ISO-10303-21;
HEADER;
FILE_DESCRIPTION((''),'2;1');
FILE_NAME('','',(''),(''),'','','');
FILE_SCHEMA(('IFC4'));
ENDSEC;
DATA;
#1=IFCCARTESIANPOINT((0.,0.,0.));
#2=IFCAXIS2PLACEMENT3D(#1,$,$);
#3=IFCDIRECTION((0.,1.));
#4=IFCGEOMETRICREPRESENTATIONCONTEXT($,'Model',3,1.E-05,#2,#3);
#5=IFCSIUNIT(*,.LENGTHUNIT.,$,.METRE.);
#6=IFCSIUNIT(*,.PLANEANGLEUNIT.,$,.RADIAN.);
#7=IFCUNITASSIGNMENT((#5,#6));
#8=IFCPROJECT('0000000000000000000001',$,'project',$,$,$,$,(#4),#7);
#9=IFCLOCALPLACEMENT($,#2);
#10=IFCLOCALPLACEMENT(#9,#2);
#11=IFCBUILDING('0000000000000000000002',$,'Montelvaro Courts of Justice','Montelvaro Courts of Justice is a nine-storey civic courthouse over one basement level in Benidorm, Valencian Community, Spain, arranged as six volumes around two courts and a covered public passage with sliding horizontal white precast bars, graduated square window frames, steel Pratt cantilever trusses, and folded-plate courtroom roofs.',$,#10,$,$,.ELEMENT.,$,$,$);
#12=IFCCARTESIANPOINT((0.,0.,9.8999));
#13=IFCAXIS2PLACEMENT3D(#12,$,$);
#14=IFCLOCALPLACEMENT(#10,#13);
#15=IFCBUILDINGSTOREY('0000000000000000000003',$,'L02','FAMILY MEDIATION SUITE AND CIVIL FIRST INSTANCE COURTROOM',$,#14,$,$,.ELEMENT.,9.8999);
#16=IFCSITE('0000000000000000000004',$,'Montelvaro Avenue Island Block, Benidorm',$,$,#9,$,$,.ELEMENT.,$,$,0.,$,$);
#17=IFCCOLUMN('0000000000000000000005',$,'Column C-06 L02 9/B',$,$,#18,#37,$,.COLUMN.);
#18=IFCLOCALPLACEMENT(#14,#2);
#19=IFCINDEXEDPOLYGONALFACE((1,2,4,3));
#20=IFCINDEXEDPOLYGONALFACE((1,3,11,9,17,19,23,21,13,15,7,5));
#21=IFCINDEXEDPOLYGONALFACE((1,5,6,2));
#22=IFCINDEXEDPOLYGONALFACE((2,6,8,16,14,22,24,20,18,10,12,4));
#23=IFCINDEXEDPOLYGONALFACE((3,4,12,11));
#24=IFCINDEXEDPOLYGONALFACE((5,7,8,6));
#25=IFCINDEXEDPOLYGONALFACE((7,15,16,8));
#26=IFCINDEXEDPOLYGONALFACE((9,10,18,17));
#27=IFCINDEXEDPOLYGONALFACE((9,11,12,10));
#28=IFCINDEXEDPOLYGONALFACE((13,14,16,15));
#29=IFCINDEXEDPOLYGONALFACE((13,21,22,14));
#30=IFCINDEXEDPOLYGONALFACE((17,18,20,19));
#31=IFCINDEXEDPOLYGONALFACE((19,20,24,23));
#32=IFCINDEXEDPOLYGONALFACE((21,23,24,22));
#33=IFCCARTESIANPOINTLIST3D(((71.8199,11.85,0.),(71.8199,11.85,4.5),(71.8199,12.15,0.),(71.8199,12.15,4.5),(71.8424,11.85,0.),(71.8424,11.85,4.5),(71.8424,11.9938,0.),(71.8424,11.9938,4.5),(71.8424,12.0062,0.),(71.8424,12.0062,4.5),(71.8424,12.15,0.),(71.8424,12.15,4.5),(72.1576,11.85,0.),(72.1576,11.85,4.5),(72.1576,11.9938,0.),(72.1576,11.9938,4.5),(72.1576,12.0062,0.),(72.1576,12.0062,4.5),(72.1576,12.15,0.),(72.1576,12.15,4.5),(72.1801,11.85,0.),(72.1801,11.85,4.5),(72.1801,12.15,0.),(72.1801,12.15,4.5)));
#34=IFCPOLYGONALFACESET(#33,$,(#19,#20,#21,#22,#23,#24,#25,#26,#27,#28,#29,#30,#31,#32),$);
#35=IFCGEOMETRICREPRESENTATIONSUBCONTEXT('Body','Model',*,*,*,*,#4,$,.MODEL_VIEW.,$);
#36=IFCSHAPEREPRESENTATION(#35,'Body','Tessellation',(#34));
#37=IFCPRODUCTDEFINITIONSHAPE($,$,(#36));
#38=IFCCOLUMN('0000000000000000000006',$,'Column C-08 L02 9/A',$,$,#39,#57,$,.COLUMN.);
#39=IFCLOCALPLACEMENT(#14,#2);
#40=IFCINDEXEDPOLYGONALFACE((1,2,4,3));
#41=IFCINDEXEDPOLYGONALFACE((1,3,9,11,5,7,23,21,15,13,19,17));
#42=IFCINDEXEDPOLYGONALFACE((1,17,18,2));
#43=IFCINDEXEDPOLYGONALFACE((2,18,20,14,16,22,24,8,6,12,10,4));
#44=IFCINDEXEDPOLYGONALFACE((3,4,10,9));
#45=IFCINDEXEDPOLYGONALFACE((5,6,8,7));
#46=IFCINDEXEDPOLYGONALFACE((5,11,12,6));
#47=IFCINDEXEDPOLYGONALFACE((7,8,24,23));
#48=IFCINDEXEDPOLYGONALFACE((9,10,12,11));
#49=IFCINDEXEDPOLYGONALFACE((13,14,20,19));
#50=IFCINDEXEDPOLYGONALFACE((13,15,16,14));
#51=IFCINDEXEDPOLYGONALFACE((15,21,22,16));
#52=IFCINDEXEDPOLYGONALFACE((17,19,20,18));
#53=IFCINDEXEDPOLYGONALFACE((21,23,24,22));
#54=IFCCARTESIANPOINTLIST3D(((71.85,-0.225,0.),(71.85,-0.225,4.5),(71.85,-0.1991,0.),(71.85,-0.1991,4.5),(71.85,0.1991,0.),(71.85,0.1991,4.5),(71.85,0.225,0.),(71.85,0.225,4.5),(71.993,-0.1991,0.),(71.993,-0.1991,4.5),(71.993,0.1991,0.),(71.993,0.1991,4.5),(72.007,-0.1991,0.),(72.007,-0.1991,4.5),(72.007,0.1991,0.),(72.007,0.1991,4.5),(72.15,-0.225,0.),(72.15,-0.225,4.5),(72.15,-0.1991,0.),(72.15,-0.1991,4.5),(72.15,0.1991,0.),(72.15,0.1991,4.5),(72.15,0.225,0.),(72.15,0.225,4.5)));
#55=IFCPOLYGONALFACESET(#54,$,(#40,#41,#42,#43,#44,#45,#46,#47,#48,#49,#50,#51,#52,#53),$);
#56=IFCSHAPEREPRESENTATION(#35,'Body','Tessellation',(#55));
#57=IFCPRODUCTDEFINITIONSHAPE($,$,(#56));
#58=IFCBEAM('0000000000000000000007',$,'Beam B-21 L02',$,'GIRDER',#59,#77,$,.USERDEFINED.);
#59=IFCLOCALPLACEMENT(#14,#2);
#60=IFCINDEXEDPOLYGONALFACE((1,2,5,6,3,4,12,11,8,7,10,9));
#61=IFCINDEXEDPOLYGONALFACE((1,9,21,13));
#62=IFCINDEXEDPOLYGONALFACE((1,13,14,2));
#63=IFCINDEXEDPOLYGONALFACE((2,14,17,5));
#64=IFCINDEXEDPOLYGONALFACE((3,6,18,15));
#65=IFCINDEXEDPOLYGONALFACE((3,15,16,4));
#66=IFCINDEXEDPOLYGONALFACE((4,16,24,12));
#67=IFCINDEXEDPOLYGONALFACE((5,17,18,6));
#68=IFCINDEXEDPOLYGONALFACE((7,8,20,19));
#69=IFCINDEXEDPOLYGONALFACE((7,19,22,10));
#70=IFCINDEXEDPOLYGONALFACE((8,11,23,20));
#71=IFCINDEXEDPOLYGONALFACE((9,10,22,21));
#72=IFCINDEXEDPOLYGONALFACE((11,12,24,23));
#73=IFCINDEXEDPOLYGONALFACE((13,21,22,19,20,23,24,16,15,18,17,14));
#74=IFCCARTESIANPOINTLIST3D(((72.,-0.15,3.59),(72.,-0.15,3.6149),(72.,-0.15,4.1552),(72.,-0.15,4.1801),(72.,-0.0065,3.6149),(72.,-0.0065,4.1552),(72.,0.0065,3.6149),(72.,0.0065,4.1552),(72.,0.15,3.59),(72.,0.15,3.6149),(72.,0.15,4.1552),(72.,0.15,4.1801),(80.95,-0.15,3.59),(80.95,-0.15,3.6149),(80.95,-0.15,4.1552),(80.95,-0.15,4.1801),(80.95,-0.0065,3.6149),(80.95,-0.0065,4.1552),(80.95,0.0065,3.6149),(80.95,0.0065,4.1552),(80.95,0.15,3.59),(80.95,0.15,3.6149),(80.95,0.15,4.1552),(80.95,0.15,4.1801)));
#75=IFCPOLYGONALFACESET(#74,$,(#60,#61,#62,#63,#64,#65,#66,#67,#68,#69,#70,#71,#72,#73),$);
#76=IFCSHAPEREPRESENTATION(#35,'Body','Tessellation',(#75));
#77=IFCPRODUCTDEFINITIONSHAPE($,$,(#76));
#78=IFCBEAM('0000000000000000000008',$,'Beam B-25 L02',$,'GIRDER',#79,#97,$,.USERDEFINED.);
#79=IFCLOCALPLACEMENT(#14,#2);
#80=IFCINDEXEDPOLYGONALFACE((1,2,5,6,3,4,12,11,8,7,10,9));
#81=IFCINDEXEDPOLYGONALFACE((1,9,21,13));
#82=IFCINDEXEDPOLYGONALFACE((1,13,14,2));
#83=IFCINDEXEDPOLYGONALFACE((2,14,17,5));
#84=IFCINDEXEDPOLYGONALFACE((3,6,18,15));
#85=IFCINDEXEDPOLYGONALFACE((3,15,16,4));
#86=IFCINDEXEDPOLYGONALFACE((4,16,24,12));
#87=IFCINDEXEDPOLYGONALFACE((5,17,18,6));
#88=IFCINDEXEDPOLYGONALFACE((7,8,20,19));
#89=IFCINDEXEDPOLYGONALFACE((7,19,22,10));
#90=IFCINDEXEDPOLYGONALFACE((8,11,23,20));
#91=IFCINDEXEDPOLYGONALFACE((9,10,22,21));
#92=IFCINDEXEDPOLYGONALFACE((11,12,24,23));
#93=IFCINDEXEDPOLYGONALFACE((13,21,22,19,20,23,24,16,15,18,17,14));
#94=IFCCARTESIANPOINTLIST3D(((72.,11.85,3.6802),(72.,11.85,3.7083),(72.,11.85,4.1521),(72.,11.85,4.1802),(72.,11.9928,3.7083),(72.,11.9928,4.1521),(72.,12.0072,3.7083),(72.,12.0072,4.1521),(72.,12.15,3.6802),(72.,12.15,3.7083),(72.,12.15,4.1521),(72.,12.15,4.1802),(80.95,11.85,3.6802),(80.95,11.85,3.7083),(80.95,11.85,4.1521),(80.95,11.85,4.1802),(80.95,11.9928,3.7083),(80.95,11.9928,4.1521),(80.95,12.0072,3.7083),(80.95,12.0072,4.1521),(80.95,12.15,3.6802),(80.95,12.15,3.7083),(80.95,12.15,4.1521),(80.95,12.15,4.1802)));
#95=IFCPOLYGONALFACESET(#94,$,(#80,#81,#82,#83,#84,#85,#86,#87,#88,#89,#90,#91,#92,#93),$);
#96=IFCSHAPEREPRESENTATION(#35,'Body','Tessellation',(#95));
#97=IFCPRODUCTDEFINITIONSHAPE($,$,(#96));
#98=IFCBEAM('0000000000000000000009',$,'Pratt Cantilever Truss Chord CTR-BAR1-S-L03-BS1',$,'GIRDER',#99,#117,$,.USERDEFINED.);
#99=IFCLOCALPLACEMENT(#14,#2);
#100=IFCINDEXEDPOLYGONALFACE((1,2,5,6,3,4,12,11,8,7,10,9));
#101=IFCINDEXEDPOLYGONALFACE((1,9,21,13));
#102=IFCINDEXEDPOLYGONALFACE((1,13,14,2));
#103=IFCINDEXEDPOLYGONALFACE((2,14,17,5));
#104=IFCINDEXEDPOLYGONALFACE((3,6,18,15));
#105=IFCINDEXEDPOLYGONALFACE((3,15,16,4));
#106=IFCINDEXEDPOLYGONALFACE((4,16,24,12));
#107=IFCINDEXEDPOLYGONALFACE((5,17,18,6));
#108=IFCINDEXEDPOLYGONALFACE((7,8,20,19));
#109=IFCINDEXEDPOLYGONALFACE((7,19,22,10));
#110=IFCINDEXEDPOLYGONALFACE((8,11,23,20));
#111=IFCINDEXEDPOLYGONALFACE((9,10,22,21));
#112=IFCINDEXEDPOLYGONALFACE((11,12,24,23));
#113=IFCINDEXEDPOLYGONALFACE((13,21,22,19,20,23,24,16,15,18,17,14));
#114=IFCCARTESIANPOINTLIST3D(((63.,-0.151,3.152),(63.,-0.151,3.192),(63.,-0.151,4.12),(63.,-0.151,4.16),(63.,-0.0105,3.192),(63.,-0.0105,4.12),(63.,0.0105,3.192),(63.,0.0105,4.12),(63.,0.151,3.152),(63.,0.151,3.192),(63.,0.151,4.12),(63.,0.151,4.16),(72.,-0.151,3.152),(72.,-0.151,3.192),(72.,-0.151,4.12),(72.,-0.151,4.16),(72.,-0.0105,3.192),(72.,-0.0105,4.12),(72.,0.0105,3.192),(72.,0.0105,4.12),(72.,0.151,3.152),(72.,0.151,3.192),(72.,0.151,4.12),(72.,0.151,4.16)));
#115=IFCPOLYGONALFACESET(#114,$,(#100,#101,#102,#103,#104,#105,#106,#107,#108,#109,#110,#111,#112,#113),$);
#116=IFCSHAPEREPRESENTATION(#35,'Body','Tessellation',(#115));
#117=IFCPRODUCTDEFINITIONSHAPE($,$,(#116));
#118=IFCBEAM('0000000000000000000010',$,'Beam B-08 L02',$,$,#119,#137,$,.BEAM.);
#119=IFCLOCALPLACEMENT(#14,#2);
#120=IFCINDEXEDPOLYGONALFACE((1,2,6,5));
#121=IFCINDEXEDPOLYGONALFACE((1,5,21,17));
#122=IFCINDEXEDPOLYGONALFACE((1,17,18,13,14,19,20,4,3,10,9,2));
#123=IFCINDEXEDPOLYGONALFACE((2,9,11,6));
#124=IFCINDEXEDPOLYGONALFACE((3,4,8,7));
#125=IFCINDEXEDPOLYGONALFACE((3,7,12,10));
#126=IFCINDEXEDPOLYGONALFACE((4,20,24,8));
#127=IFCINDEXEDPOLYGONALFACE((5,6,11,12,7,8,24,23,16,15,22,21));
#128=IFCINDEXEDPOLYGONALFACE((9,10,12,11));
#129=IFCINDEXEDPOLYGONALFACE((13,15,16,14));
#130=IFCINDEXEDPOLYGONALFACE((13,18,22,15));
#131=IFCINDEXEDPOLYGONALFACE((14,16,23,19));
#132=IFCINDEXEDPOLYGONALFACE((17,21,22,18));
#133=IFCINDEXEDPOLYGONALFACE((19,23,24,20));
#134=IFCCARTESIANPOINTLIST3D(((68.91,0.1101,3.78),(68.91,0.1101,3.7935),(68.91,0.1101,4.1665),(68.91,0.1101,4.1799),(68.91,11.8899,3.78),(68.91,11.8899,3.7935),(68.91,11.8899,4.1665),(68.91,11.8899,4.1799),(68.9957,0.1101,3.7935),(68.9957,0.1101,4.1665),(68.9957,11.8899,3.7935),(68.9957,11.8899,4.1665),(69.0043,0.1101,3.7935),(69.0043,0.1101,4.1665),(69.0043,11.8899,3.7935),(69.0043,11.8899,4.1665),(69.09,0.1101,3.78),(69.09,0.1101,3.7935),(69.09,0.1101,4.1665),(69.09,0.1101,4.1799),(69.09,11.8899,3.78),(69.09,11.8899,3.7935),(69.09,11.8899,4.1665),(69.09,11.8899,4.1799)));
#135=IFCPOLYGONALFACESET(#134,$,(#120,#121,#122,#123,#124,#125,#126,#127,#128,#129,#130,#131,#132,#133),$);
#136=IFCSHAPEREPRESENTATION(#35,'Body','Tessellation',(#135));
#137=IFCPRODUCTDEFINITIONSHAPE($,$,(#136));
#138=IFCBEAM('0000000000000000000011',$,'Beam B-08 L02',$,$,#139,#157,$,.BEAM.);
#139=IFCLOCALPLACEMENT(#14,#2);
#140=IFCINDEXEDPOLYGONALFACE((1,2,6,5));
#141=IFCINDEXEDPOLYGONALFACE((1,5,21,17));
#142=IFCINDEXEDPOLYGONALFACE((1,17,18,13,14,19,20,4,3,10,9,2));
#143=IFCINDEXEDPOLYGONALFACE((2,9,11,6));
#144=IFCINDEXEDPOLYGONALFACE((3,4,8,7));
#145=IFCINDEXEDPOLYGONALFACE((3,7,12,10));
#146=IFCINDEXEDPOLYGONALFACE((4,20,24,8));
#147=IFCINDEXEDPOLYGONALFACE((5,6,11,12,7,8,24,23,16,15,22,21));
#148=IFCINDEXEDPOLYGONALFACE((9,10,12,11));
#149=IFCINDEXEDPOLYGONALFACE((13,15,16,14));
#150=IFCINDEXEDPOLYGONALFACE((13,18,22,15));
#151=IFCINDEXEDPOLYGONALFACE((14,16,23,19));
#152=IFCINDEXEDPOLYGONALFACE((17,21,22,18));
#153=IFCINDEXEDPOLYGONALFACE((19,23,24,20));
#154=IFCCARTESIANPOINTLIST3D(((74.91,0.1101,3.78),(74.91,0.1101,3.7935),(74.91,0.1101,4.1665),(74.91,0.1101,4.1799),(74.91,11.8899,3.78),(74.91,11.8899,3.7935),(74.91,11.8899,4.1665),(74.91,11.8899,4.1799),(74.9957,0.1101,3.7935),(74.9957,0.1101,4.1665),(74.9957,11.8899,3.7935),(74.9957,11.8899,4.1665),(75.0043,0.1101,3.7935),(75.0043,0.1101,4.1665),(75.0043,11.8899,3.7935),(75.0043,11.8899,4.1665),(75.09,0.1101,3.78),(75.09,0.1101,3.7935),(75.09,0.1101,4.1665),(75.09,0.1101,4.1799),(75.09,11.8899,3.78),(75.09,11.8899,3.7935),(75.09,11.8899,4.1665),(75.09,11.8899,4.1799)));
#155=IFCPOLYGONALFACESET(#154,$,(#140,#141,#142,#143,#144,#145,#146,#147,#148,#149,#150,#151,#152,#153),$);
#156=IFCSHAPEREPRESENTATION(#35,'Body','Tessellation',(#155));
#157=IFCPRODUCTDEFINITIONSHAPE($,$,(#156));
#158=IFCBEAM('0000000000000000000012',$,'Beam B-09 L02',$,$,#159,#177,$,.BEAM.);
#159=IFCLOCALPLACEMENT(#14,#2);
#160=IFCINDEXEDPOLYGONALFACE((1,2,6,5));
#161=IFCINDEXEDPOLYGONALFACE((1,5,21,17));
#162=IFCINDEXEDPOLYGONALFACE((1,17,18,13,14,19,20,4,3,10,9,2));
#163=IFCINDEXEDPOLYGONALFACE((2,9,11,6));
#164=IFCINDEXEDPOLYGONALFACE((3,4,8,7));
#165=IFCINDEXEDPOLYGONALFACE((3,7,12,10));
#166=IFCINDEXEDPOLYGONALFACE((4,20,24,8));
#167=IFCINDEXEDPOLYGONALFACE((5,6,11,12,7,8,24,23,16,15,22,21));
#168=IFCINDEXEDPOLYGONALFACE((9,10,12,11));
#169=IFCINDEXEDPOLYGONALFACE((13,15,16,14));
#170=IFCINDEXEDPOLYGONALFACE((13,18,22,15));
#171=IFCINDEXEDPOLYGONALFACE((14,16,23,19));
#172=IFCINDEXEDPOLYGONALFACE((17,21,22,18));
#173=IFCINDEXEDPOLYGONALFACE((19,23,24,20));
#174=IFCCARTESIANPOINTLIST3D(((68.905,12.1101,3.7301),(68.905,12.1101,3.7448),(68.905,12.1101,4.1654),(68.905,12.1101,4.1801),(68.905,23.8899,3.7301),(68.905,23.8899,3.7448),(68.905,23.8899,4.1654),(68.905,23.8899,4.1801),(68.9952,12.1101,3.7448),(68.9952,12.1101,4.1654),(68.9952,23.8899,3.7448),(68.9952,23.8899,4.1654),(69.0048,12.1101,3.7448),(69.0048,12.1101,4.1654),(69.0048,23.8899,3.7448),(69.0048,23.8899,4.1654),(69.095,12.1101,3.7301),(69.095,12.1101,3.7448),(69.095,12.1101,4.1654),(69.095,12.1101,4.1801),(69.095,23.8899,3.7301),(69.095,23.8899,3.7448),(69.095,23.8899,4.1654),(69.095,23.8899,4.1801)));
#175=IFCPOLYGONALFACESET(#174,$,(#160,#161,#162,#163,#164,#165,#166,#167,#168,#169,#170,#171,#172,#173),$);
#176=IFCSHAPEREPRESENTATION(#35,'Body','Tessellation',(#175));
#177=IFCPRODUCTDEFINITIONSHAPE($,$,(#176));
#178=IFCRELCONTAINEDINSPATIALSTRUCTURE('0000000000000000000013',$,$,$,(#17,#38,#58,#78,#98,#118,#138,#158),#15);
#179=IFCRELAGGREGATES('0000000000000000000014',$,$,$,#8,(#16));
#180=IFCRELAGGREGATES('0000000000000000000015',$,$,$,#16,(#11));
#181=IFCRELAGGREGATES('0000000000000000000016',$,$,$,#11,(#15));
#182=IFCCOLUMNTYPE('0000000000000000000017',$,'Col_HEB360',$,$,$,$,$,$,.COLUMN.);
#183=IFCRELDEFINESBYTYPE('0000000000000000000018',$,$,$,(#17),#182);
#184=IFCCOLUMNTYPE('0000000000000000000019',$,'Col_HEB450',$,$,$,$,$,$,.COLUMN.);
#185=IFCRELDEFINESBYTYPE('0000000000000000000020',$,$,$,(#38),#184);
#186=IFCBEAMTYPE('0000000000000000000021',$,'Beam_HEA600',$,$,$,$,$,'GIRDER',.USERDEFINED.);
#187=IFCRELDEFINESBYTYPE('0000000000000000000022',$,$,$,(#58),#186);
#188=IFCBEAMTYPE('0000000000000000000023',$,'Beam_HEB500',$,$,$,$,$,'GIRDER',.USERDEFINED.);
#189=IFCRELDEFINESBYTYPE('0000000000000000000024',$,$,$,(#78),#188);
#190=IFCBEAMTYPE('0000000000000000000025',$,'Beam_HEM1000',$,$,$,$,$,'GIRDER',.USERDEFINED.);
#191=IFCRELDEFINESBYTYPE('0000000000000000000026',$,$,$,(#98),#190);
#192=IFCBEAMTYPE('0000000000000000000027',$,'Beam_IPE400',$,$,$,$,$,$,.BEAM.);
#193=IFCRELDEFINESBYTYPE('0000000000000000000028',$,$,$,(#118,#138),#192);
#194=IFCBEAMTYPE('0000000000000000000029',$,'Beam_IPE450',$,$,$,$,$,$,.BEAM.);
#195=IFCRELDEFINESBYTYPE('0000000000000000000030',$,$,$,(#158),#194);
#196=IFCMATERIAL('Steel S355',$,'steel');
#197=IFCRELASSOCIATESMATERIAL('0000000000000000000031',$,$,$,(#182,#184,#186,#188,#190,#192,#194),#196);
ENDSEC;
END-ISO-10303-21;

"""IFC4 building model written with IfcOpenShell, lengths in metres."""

from ifc_helpers import new_model, si_unit, direction, frame, origin, origin_2d, place, context, subcontext, project, spatial, i_section, extrude, material, material_profile, profile_set, type_object, element, save


model = new_model("IFC4")

# Units and contexts
model_context = context("Model", 3, precision=1e-05, world=origin(), true_north=direction((0.0, 1.0)))
body_context = subcontext(model_context, "Body", "Model", "MODEL_VIEW")
ifc_project = project(units=[si_unit("LENGTHUNIT", "METRE"), si_unit("PLANEANGLEUNIT", "RADIAN")], contexts=[model_context])

# Site, building, storey
site_placement = place(None, origin())
site = spatial("IfcSite", under=ifc_project, at=site_placement, Name="Montelvaro Avenue Island Block, Benidorm", CompositionType="ELEMENT", RefElevation=0.0)
building_placement = place(site_placement, origin())
building = spatial("IfcBuilding", under=site, at=building_placement, Name="Montelvaro Courts of Justice", Description="Montelvaro Courts of Justice is a nine-storey civic courthouse over one basement level in Benidorm, Valencian Community, Spain, arranged as six volumes around two courts and a covered public passage with sliding horizontal white precast bars, graduated square window frames, steel Pratt cantilever trusses, and folded-plate courtroom roofs.", CompositionType="ELEMENT")
storey_placement = place(building_placement, frame((0.0, 0.0, 9.8999)))
storey = spatial("IfcBuildingStorey", under=building, at=storey_placement, Name="L02", Description="FAMILY MEDIATION SUITE AND CIVIL FIRST INSTANCE COURTROOM", CompositionType="ELEMENT", Elevation=9.8999)

# Columns
ifc_material_1 = material(Name="Steel S355", Category="steel")
ifc_material_profile_1 = material_profile(ifc_material_1, i_section(OverallWidth=0.3, OverallDepth=0.3601, WebThickness=0.0125, FlangeThickness=0.0225, at=origin_2d()), Name="HEB 360")
ifc_profile_set_1 = profile_set([ifc_material_profile_1], Name="Steel S355")
column_type_1 = type_object("IfcColumnType", Name="Col_HEB360", PredefinedType="COLUMN", material=ifc_profile_set_1)
column_1_placement = place(storey_placement, frame((72.0, 12.0, 0.0), z_axis=(0.0, 0.0, 1.0), x_axis=(0.0, 1.0, 0.0)))
element("IfcColumn", 1, at=column_1_placement, inside=storey, type_object=column_type_1, Name="Column C-06 L02 9/B", PredefinedType="COLUMN", context=body_context, shape_type="SweptSolid", body=[
    extrude(i_section(OverallWidth=0.3, OverallDepth=0.3601, WebThickness=0.0125, FlangeThickness=0.0225, at=origin_2d()), origin(), (0.0, 0.0, 1.0), 4.5),
])
ifc_material_profile_2 = material_profile(ifc_material_1, i_section(OverallWidth=0.3, OverallDepth=0.45, WebThickness=0.0139, FlangeThickness=0.0259, at=origin_2d()), Name="HEB 450")
ifc_profile_set_2 = profile_set([ifc_material_profile_2], Name="Steel S355")
column_type_2 = type_object("IfcColumnType", Name="Col_HEB450", PredefinedType="COLUMN", material=ifc_profile_set_2)
column_2_placement = place(storey_placement, frame((72.0, 0.0, 0.0), z_axis=(0.0, 0.0, 1.0), x_axis=(1.0, 0.0, 0.0)))
element("IfcColumn", 2, at=column_2_placement, inside=storey, type_object=column_type_2, Name="Column C-08 L02 9/A", PredefinedType="COLUMN", context=body_context, shape_type="SweptSolid", body=[
    extrude(i_section(OverallWidth=0.3, OverallDepth=0.45, WebThickness=0.0139, FlangeThickness=0.0259, at=origin_2d()), origin(), (0.0, 0.0, 1.0), 4.5),
])

# Beams
ifc_material_profile_3 = material_profile(ifc_material_1, i_section(OverallWidth=0.3, OverallDepth=0.5901, WebThickness=0.0129, FlangeThickness=0.0249, at=origin_2d()), Name="HEA 600")
ifc_profile_set_3 = profile_set([ifc_material_profile_3], Name="Steel S355")
beam_type_1 = type_object("IfcBeamType", Name="Beam_HEA600", ElementType="GIRDER", PredefinedType="USERDEFINED", material=ifc_profile_set_3)
beam_1_placement = place(storey_placement, frame((72.0, 0.0, 3.885), z_axis=(1.0, 0.0, 0.0), x_axis=(0.0, 1.0, 0.0)))
element("IfcBeam", 3, at=beam_1_placement, inside=storey, type_object=beam_type_1, Name="Beam B-21 L02", ObjectType="GIRDER", PredefinedType="USERDEFINED", context=body_context, shape_type="SweptSolid", body=[
    extrude(i_section(OverallWidth=0.3, OverallDepth=0.5901, WebThickness=0.0129, FlangeThickness=0.0249, at=origin_2d()), origin(), (0.0, 0.0, 1.0), 8.95),
])
ifc_material_profile_4 = material_profile(ifc_material_1, i_section(OverallWidth=0.3, OverallDepth=0.5, WebThickness=0.0144, FlangeThickness=0.0281, at=origin_2d()), Name="HEB 500")
ifc_profile_set_4 = profile_set([ifc_material_profile_4], Name="Steel S355")
beam_type_2 = type_object("IfcBeamType", Name="Beam_HEB500", ElementType="GIRDER", PredefinedType="USERDEFINED", material=ifc_profile_set_4)
beam_2_placement = place(storey_placement, frame((72.0, 12.0, 3.9302), z_axis=(1.0, 0.0, 0.0), x_axis=(0.0, 1.0, 0.0)))
element("IfcBeam", 4, at=beam_2_placement, inside=storey, type_object=beam_type_2, Name="Beam B-25 L02", ObjectType="GIRDER", PredefinedType="USERDEFINED", context=body_context, shape_type="SweptSolid", body=[
    extrude(i_section(OverallWidth=0.3, OverallDepth=0.5, WebThickness=0.0144, FlangeThickness=0.0281, at=origin_2d()), origin(), (0.0, 0.0, 1.0), 8.95),
])
ifc_material_profile_5 = material_profile(ifc_material_1, i_section(OverallWidth=0.302, OverallDepth=1.0081, WebThickness=0.021, FlangeThickness=0.04, at=origin_2d()), Name="HEM 1000")
ifc_profile_set_5 = profile_set([ifc_material_profile_5], Name="Steel S355")
beam_type_3 = type_object("IfcBeamType", Name="Beam_HEM1000", ElementType="GIRDER", PredefinedType="USERDEFINED", material=ifc_profile_set_5)
beam_3_placement = place(storey_placement, frame((72.0, 0.0, 3.656), z_axis=(-1.0, 0.0, 0.0), x_axis=(0.0, -1.0, 0.0)))
element("IfcBeam", 5, at=beam_3_placement, inside=storey, type_object=beam_type_3, Name="Pratt Cantilever Truss Chord CTR-BAR1-S-L03-BS1", ObjectType="GIRDER", PredefinedType="USERDEFINED", context=body_context, shape_type="SweptSolid", body=[
    extrude(i_section(OverallWidth=0.302, OverallDepth=1.0081, WebThickness=0.021, FlangeThickness=0.04, at=origin_2d()), origin(), (0.0, 0.0, 1.0), 9.0),
])
ifc_material_profile_6 = material_profile(ifc_material_1, i_section(OverallWidth=0.1799, OverallDepth=0.3999, WebThickness=0.0085, FlangeThickness=0.0134, at=origin_2d()), Name="IPE 400")
ifc_profile_set_6 = profile_set([ifc_material_profile_6], Name="Steel S355")
beam_type_4 = type_object("IfcBeamType", Name="Beam_IPE400", PredefinedType="BEAM", material=ifc_profile_set_6)
for number, where, z_axis, x_axis, name in (
    (6, (69.0, 0.1101, 3.98), (0.0, 1.0, 0.0), (-1.0, 0.0, 0.0), "Beam B-08 L02"),
    (7, (75.0, 0.1101, 3.98), (0.0, 1.0, 0.0), (-1.0, 0.0, 0.0), "Beam B-08 L02"),
):
    element("IfcBeam", number, at=place(storey_placement, frame(where, z_axis=z_axis, x_axis=x_axis)), inside=storey, type_object=beam_type_4, Name=name, PredefinedType="BEAM", context=body_context, shape_type="SweptSolid", body=[
        extrude(i_section(OverallWidth=0.1799, OverallDepth=0.3999, WebThickness=0.0085, FlangeThickness=0.0134, at=origin_2d()), origin(), (0.0, 0.0, 1.0), 11.7798),
    ])
ifc_material_profile_7 = material_profile(ifc_material_1, i_section(OverallWidth=0.1899, OverallDepth=0.45, WebThickness=0.0095, FlangeThickness=0.0146, at=origin_2d()), Name="IPE 450")
ifc_profile_set_7 = profile_set([ifc_material_profile_7], Name="Steel S355")
beam_type_5 = type_object("IfcBeamType", Name="Beam_IPE450", PredefinedType="BEAM", material=ifc_profile_set_7)
for number, where, z_axis, x_axis, name in (
    (8, (69.0, 12.1101, 3.9551), (0.0, 1.0, 0.0), (-1.0, 0.0, 0.0), "Beam B-09 L02"),
):
    element("IfcBeam", number, at=place(storey_placement, frame(where, z_axis=z_axis, x_axis=x_axis)), inside=storey, type_object=beam_type_5, Name=name, PredefinedType="BEAM", context=body_context, shape_type="SweptSolid", body=[
        extrude(i_section(OverallWidth=0.1899, OverallDepth=0.45, WebThickness=0.0095, FlangeThickness=0.0146, at=origin_2d()), origin(), (0.0, 0.0, 1.0), 11.7798),
    ])

save(model, "model.ifc")
